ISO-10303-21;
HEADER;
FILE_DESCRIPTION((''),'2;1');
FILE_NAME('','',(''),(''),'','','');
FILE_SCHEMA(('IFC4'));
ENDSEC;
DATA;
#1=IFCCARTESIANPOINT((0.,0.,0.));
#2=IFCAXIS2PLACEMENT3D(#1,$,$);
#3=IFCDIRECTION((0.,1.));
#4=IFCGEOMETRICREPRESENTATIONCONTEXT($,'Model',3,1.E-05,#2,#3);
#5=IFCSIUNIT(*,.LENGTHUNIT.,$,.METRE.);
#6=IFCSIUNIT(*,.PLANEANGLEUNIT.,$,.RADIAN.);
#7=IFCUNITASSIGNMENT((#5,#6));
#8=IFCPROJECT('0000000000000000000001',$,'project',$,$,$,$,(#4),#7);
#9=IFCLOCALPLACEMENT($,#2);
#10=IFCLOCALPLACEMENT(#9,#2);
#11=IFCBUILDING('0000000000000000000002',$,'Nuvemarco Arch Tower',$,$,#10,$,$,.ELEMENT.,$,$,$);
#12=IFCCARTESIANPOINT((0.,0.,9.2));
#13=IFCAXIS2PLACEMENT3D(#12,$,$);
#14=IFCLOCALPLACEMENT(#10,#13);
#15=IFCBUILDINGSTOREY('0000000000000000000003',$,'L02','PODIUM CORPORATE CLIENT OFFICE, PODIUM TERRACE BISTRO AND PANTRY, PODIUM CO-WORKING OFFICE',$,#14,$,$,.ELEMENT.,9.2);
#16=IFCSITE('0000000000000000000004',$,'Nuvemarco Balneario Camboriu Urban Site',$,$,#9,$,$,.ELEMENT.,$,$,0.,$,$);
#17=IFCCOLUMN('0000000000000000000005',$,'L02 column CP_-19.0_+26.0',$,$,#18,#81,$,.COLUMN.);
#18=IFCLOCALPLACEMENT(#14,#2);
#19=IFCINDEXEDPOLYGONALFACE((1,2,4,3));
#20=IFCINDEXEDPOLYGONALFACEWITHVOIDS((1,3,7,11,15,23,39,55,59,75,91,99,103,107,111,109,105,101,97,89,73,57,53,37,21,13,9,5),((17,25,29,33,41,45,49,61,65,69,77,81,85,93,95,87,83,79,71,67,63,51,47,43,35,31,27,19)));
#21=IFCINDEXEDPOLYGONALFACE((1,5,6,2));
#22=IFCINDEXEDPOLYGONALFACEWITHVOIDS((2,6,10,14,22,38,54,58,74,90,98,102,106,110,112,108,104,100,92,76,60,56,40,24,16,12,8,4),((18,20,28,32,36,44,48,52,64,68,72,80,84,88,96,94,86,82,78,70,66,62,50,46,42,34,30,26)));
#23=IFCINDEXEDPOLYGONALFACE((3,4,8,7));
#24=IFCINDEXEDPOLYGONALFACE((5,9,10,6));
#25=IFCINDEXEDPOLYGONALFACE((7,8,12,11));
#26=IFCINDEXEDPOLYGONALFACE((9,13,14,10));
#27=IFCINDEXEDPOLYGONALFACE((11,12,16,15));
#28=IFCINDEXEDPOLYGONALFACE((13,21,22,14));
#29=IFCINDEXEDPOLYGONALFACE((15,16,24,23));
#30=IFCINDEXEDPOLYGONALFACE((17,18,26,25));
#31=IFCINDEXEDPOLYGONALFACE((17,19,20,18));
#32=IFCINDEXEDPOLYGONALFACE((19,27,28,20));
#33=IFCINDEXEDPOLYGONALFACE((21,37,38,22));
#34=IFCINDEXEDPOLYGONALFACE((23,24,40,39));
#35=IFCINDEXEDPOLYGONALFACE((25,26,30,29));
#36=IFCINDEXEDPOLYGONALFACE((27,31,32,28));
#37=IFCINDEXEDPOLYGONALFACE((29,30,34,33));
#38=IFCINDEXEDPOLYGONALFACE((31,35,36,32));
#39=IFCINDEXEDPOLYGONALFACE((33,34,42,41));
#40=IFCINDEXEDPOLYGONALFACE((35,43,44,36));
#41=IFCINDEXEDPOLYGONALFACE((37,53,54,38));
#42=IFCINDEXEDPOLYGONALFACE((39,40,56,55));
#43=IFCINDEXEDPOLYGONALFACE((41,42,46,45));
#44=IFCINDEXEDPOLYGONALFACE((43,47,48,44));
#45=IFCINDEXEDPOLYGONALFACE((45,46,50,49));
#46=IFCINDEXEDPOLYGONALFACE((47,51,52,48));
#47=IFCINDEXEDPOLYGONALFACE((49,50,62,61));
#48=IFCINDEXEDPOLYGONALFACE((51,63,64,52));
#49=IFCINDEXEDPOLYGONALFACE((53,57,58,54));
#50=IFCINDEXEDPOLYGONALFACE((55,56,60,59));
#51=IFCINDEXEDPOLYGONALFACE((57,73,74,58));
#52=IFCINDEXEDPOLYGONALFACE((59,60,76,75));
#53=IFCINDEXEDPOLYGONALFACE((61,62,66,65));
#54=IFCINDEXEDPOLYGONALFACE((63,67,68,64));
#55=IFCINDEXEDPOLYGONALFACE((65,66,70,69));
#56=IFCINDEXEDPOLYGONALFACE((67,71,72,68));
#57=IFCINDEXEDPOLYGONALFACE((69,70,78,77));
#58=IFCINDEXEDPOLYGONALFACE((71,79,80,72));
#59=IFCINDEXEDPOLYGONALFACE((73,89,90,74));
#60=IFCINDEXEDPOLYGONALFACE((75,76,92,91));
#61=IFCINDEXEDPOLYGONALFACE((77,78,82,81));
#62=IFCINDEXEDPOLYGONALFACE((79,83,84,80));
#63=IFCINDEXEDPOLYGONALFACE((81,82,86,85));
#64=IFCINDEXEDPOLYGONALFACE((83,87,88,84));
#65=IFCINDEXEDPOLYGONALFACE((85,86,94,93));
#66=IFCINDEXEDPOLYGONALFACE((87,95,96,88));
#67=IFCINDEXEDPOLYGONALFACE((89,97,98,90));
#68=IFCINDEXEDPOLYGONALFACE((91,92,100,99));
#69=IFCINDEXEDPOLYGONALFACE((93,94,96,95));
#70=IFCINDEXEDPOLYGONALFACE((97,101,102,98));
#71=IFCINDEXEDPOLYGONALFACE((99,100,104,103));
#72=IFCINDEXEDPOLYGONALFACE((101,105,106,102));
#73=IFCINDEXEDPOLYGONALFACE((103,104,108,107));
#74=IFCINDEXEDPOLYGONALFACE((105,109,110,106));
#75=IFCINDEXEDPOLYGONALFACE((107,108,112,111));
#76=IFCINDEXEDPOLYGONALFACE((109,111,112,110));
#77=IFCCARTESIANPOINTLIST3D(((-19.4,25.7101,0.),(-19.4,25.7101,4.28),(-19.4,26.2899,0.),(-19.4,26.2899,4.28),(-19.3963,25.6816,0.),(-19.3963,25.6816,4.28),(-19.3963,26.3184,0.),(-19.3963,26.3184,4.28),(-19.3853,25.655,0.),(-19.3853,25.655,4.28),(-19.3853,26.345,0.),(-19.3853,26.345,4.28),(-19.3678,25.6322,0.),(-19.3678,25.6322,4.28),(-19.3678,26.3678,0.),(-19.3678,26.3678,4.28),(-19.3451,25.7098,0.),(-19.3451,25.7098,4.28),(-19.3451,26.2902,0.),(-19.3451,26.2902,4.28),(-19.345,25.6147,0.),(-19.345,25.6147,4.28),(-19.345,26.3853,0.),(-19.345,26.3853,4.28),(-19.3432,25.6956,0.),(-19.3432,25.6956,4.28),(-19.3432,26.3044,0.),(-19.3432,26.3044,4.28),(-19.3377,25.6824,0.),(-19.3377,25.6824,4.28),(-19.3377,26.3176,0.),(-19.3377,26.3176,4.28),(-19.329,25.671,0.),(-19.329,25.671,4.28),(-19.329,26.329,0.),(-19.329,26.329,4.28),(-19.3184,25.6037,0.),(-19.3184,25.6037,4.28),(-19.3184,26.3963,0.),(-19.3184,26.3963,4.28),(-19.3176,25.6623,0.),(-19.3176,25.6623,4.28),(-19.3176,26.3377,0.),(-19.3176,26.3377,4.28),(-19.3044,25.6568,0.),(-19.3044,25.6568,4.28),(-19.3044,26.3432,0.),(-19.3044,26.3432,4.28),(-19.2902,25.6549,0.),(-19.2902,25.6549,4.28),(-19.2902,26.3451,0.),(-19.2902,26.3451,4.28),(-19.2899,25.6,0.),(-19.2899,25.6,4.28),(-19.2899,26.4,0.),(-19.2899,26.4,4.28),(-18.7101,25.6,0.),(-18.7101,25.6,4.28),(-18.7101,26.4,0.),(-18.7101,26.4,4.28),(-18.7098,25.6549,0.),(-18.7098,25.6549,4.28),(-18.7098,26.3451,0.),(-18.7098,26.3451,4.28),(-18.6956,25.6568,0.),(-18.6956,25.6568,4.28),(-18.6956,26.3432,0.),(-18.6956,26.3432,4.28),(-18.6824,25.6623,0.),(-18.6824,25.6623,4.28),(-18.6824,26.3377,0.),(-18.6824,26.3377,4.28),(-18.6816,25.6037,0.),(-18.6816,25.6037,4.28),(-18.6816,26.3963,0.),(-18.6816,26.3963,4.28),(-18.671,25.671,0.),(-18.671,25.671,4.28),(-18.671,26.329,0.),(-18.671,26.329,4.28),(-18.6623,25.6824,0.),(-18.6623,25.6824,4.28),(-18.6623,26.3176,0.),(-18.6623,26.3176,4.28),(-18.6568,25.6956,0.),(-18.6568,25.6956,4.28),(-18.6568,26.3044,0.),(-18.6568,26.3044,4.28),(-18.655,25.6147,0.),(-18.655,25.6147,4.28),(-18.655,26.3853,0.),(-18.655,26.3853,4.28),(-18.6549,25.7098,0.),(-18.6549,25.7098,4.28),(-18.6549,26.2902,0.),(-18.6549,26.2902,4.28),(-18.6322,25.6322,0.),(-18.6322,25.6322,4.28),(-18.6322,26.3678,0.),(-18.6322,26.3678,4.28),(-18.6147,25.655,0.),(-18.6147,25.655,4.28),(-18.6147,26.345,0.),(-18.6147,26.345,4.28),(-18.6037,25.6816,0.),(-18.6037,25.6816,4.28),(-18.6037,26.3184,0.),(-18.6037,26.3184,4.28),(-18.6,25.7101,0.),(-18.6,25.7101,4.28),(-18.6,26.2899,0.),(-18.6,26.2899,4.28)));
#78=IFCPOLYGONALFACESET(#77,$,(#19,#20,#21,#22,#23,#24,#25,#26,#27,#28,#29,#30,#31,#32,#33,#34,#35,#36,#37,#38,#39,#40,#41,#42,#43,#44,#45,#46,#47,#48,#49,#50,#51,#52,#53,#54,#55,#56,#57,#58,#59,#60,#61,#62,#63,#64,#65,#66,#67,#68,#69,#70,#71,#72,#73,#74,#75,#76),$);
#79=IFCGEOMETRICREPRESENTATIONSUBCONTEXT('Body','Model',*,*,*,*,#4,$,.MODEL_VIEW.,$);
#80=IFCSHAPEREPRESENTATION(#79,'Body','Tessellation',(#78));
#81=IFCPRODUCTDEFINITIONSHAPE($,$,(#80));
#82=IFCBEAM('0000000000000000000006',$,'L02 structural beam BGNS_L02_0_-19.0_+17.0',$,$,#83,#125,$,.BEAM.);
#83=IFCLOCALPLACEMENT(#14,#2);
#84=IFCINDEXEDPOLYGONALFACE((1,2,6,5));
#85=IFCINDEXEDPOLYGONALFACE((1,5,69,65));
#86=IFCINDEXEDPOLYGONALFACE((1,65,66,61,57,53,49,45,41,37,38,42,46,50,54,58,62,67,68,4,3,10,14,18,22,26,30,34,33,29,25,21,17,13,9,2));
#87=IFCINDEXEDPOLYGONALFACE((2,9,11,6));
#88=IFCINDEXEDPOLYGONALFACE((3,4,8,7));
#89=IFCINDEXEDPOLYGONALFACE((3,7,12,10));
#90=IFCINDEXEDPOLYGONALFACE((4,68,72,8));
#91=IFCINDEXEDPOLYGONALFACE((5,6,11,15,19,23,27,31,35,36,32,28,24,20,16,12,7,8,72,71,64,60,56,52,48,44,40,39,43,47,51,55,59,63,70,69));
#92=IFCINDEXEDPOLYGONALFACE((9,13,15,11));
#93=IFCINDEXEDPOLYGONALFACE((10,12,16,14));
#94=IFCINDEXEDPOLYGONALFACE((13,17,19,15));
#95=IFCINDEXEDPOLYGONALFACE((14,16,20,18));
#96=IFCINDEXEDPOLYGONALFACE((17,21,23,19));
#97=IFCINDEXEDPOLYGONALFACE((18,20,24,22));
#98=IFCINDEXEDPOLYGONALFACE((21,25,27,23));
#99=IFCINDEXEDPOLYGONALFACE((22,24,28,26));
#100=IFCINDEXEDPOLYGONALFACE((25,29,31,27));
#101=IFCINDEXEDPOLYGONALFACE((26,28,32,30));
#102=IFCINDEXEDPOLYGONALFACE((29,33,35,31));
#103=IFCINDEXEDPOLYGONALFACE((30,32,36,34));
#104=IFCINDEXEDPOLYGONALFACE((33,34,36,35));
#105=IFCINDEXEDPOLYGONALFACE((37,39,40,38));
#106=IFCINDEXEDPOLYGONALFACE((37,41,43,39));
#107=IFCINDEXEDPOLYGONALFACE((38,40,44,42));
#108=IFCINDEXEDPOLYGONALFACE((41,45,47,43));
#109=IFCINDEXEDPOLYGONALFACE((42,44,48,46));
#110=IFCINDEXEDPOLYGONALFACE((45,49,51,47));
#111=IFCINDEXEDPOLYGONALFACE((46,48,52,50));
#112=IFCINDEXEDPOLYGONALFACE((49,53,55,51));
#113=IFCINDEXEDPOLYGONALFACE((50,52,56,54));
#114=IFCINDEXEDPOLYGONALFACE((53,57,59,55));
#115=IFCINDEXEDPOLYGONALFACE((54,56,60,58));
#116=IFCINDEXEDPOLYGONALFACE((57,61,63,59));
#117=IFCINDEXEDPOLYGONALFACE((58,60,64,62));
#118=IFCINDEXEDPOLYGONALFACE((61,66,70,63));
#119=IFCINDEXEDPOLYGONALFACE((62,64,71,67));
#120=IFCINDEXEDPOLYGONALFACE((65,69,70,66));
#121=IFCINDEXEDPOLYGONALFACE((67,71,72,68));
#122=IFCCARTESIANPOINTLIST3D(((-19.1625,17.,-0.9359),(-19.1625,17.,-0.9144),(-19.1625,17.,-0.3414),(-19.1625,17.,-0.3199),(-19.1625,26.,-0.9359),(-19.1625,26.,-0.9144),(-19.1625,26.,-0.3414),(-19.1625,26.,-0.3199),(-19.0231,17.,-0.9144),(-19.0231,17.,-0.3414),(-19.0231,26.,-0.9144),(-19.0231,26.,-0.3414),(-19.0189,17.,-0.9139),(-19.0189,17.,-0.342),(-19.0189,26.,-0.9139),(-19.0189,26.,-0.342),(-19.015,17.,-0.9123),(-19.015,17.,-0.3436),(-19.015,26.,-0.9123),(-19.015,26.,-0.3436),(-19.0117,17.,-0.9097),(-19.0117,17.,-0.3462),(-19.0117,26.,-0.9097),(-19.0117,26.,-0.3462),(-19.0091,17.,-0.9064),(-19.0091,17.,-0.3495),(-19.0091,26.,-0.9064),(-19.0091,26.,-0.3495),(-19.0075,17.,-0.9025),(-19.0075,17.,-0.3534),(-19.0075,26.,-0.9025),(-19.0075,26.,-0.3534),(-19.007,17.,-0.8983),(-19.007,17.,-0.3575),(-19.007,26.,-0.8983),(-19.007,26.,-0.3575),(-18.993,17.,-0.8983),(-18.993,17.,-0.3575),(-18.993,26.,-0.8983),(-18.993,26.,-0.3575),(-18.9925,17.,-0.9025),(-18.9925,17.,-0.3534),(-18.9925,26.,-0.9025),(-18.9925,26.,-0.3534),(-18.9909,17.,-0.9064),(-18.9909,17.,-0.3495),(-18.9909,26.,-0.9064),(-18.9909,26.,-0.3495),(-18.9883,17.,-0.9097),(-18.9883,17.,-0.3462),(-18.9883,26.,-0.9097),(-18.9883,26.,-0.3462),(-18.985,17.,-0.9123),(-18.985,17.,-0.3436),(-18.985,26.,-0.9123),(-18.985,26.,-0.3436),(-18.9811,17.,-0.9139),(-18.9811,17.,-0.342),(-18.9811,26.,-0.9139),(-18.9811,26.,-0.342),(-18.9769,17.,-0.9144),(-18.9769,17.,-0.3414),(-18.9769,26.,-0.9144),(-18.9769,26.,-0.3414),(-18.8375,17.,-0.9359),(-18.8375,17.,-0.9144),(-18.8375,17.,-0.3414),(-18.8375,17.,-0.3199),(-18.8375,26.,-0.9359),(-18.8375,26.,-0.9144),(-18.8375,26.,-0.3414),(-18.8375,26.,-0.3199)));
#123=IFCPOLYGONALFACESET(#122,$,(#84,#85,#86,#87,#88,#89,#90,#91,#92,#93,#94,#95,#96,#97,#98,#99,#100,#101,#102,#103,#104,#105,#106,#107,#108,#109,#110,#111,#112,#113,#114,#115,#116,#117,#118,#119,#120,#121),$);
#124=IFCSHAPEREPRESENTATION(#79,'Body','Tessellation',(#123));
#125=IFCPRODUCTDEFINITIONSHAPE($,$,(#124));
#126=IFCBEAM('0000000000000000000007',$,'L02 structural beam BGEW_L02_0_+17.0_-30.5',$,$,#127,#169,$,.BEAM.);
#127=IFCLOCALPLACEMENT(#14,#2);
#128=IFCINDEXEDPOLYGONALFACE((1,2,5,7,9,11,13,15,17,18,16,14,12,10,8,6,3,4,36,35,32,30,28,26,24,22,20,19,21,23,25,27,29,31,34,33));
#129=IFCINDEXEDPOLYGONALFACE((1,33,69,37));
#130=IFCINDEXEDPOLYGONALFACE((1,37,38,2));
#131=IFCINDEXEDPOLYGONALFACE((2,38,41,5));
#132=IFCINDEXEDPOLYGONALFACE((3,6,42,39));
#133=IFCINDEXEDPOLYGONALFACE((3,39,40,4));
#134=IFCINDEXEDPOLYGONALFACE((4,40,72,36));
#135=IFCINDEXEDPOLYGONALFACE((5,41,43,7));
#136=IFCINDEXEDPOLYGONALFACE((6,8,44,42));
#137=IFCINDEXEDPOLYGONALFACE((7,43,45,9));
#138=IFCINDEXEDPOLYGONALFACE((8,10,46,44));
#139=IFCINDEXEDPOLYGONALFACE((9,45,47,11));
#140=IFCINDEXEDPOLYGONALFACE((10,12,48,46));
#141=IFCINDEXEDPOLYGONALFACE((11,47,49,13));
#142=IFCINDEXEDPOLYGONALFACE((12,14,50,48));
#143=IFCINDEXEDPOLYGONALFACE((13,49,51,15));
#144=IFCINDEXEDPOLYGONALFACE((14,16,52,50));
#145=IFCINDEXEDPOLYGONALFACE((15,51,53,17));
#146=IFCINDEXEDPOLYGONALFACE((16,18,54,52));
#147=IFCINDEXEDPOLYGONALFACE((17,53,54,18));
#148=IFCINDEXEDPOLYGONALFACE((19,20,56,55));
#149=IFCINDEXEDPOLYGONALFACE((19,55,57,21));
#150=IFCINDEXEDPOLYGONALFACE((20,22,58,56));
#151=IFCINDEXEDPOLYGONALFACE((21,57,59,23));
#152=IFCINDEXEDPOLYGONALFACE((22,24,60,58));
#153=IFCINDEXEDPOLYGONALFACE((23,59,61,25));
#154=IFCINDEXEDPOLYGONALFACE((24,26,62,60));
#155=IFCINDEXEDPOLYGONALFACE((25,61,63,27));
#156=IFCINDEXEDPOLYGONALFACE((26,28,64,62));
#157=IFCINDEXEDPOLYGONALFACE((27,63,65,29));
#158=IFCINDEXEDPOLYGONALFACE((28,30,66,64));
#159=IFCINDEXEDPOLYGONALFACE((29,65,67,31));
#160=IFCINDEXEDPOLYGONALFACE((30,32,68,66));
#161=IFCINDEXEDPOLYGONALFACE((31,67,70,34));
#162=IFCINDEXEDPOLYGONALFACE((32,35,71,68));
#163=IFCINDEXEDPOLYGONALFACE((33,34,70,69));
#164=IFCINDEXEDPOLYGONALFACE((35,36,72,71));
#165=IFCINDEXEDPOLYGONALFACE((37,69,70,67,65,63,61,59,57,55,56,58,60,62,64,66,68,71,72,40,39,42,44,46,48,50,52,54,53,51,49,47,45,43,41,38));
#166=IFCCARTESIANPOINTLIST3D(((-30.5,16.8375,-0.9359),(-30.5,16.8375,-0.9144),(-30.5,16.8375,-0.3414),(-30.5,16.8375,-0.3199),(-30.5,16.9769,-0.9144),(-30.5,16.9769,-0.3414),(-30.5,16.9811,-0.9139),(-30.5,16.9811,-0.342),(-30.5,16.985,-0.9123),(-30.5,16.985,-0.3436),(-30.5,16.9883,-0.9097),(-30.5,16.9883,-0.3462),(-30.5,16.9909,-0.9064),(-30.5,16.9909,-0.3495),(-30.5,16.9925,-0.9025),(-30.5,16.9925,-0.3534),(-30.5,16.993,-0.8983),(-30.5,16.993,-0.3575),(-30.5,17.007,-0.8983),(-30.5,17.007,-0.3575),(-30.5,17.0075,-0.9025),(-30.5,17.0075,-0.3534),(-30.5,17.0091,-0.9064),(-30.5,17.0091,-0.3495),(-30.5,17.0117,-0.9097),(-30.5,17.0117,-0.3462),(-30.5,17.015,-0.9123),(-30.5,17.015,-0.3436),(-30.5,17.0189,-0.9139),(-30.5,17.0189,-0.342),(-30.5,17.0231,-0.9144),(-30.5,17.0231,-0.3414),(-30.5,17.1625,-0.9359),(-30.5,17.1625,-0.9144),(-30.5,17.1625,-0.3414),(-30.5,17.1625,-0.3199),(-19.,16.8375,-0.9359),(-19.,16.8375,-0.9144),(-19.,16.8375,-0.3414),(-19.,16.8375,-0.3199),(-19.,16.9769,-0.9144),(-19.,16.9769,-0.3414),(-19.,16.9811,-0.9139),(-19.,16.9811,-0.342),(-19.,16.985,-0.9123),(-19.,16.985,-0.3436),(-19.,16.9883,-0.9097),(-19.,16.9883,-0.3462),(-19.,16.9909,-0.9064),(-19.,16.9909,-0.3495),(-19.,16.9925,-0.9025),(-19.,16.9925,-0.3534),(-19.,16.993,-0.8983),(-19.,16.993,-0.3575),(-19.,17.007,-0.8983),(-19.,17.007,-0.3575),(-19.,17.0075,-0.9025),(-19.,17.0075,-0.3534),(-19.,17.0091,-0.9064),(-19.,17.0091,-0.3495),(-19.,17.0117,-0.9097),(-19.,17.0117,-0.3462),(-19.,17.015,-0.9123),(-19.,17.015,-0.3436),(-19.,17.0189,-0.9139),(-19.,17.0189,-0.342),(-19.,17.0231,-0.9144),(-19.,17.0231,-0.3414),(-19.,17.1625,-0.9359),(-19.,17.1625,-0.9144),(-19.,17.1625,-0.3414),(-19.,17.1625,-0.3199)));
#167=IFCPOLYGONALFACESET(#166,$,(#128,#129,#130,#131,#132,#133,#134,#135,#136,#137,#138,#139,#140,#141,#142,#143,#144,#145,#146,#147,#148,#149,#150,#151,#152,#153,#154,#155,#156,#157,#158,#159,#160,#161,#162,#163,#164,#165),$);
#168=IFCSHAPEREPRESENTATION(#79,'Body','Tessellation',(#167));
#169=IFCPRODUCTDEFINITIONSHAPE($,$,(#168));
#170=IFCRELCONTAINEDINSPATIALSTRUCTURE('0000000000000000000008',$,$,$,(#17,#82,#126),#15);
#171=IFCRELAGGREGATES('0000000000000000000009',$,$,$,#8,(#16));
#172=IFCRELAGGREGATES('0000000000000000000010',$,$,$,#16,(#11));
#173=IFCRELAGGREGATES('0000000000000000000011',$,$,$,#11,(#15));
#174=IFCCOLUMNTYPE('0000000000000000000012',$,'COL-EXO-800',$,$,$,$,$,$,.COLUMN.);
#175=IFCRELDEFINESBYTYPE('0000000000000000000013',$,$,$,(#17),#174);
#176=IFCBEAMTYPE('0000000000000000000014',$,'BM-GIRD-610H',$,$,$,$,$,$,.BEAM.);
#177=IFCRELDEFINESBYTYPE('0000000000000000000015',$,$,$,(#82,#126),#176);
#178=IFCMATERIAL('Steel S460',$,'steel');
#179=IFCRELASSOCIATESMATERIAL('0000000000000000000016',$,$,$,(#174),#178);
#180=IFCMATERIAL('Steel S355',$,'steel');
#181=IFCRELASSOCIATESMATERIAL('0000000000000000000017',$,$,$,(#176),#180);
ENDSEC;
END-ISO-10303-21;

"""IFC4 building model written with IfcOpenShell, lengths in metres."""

from ifc_helpers import new_model, si_unit, direction, frame, origin, origin_2d, place, context, subcontext, project, spatial, hollow_rectangle, i_section, extrude, material, material_profile, profile_set, type_object, element, save


model = new_model("IFC4")

# Units and contexts
model_context = context("Model", 3, precision=1e-05, world=origin(), true_north=direction((0.0, 1.0)))
body_context = subcontext(model_context, "Body", "Model", "MODEL_VIEW")
ifc_project = project(units=[si_unit("LENGTHUNIT", "METRE"), si_unit("PLANEANGLEUNIT", "RADIAN")], contexts=[model_context])

# Site, building, storey
site_placement = place(None, origin())
site = spatial("IfcSite", under=ifc_project, at=site_placement, Name="Nuvemarco Balneario Camboriu Urban Site", CompositionType="ELEMENT", RefElevation=0.0)
building_placement = place(site_placement, origin())
building = spatial("IfcBuilding", under=site, at=building_placement, Name="Nuvemarco Arch Tower", CompositionType="ELEMENT")
storey_placement = place(building_placement, frame((0.0, 0.0, 9.2)))
storey = spatial("IfcBuildingStorey", under=building, at=storey_placement, Name="L02", Description="PODIUM CORPORATE CLIENT OFFICE, PODIUM TERRACE BISTRO AND PANTRY, PODIUM CO-WORKING OFFICE", CompositionType="ELEMENT", Elevation=9.2)

# Column
ifc_material_1 = material(Name="Steel S460", Category="steel")
ifc_material_profile_1 = material_profile(ifc_material_1, hollow_rectangle(XDim=0.8, YDim=0.8, WallThickness=0.0549, InnerFilletRadius=0.0549, OuterFilletRadius=0.1101, at=origin_2d()), Name="SHS800x800x55")
ifc_profile_set_1 = profile_set([ifc_material_profile_1], Name="Steel S460")
column_type_1 = type_object("IfcColumnType", Name="COL-EXO-800", PredefinedType="COLUMN", material=ifc_profile_set_1)
for number, where, z_axis, x_axis, name in (
    (1, (-19.0, 26.0, 0.0), (0.0, 0.0, 1.0), (1.0, 0.0, 0.0), "L02 column CP_-19.0_+26.0"),
):
    element("IfcColumn", number, at=place(storey_placement, frame(where, z_axis=z_axis, x_axis=x_axis)), inside=storey, type_object=column_type_1, Name=name, PredefinedType="COLUMN", context=body_context, shape_type="SweptSolid", body=[
        extrude(hollow_rectangle(XDim=0.8, YDim=0.8, WallThickness=0.0549, InnerFilletRadius=0.0549, OuterFilletRadius=0.1101, at=origin_2d()), origin(), (0.0, 0.0, 1.0), 4.28),
    ])

# Beams
ifc_material_2 = material(Name="Steel S355", Category="steel")
ifc_material_profile_2 = material_profile(ifc_material_2, i_section(OverallWidth=0.325, OverallDepth=0.616, WebThickness=0.0139, FlangeThickness=0.0215, FilletRadius=0.0161, at=origin_2d()), Name="W610x174")
ifc_profile_set_2 = profile_set([ifc_material_profile_2], Name="Steel S355")
beam_type_1 = type_object("IfcBeamType", Name="BM-GIRD-610H", PredefinedType="BEAM", material=ifc_profile_set_2)
beam_1_placement = place(storey_placement, frame((-19.0, 17.0, -0.6279), z_axis=(0.0, 1.0, 0.0), x_axis=(-1.0, 0.0, 0.0)))
element("IfcBeam", 2, at=beam_1_placement, inside=storey, type_object=beam_type_1, Name="L02 structural beam BGNS_L02_0_-19.0_+17.0", PredefinedType="BEAM", context=body_context, shape_type="SweptSolid", body=[
    extrude(i_section(OverallWidth=0.325, OverallDepth=0.616, WebThickness=0.0139, FlangeThickness=0.0215, FilletRadius=0.0161, at=origin_2d()), origin(), (0.0, 0.0, 1.0), 9.0),
])
beam_2_placement = place(storey_placement, frame((-30.5, 17.0, -0.6279), z_axis=(1.0, 0.0, 0.0), x_axis=(0.0, 1.0, 0.0)))
element("IfcBeam", 3, at=beam_2_placement, inside=storey, type_object=beam_type_1, Name="L02 structural beam BGEW_L02_0_+17.0_-30.5", PredefinedType="BEAM", context=body_context, shape_type="SweptSolid", body=[
    extrude(i_section(OverallWidth=0.325, OverallDepth=0.616, WebThickness=0.0139, FlangeThickness=0.0215, FilletRadius=0.0161, at=origin_2d()), origin(), (0.0, 0.0, 1.0), 11.5),
])

save(model, "model.ifc")
